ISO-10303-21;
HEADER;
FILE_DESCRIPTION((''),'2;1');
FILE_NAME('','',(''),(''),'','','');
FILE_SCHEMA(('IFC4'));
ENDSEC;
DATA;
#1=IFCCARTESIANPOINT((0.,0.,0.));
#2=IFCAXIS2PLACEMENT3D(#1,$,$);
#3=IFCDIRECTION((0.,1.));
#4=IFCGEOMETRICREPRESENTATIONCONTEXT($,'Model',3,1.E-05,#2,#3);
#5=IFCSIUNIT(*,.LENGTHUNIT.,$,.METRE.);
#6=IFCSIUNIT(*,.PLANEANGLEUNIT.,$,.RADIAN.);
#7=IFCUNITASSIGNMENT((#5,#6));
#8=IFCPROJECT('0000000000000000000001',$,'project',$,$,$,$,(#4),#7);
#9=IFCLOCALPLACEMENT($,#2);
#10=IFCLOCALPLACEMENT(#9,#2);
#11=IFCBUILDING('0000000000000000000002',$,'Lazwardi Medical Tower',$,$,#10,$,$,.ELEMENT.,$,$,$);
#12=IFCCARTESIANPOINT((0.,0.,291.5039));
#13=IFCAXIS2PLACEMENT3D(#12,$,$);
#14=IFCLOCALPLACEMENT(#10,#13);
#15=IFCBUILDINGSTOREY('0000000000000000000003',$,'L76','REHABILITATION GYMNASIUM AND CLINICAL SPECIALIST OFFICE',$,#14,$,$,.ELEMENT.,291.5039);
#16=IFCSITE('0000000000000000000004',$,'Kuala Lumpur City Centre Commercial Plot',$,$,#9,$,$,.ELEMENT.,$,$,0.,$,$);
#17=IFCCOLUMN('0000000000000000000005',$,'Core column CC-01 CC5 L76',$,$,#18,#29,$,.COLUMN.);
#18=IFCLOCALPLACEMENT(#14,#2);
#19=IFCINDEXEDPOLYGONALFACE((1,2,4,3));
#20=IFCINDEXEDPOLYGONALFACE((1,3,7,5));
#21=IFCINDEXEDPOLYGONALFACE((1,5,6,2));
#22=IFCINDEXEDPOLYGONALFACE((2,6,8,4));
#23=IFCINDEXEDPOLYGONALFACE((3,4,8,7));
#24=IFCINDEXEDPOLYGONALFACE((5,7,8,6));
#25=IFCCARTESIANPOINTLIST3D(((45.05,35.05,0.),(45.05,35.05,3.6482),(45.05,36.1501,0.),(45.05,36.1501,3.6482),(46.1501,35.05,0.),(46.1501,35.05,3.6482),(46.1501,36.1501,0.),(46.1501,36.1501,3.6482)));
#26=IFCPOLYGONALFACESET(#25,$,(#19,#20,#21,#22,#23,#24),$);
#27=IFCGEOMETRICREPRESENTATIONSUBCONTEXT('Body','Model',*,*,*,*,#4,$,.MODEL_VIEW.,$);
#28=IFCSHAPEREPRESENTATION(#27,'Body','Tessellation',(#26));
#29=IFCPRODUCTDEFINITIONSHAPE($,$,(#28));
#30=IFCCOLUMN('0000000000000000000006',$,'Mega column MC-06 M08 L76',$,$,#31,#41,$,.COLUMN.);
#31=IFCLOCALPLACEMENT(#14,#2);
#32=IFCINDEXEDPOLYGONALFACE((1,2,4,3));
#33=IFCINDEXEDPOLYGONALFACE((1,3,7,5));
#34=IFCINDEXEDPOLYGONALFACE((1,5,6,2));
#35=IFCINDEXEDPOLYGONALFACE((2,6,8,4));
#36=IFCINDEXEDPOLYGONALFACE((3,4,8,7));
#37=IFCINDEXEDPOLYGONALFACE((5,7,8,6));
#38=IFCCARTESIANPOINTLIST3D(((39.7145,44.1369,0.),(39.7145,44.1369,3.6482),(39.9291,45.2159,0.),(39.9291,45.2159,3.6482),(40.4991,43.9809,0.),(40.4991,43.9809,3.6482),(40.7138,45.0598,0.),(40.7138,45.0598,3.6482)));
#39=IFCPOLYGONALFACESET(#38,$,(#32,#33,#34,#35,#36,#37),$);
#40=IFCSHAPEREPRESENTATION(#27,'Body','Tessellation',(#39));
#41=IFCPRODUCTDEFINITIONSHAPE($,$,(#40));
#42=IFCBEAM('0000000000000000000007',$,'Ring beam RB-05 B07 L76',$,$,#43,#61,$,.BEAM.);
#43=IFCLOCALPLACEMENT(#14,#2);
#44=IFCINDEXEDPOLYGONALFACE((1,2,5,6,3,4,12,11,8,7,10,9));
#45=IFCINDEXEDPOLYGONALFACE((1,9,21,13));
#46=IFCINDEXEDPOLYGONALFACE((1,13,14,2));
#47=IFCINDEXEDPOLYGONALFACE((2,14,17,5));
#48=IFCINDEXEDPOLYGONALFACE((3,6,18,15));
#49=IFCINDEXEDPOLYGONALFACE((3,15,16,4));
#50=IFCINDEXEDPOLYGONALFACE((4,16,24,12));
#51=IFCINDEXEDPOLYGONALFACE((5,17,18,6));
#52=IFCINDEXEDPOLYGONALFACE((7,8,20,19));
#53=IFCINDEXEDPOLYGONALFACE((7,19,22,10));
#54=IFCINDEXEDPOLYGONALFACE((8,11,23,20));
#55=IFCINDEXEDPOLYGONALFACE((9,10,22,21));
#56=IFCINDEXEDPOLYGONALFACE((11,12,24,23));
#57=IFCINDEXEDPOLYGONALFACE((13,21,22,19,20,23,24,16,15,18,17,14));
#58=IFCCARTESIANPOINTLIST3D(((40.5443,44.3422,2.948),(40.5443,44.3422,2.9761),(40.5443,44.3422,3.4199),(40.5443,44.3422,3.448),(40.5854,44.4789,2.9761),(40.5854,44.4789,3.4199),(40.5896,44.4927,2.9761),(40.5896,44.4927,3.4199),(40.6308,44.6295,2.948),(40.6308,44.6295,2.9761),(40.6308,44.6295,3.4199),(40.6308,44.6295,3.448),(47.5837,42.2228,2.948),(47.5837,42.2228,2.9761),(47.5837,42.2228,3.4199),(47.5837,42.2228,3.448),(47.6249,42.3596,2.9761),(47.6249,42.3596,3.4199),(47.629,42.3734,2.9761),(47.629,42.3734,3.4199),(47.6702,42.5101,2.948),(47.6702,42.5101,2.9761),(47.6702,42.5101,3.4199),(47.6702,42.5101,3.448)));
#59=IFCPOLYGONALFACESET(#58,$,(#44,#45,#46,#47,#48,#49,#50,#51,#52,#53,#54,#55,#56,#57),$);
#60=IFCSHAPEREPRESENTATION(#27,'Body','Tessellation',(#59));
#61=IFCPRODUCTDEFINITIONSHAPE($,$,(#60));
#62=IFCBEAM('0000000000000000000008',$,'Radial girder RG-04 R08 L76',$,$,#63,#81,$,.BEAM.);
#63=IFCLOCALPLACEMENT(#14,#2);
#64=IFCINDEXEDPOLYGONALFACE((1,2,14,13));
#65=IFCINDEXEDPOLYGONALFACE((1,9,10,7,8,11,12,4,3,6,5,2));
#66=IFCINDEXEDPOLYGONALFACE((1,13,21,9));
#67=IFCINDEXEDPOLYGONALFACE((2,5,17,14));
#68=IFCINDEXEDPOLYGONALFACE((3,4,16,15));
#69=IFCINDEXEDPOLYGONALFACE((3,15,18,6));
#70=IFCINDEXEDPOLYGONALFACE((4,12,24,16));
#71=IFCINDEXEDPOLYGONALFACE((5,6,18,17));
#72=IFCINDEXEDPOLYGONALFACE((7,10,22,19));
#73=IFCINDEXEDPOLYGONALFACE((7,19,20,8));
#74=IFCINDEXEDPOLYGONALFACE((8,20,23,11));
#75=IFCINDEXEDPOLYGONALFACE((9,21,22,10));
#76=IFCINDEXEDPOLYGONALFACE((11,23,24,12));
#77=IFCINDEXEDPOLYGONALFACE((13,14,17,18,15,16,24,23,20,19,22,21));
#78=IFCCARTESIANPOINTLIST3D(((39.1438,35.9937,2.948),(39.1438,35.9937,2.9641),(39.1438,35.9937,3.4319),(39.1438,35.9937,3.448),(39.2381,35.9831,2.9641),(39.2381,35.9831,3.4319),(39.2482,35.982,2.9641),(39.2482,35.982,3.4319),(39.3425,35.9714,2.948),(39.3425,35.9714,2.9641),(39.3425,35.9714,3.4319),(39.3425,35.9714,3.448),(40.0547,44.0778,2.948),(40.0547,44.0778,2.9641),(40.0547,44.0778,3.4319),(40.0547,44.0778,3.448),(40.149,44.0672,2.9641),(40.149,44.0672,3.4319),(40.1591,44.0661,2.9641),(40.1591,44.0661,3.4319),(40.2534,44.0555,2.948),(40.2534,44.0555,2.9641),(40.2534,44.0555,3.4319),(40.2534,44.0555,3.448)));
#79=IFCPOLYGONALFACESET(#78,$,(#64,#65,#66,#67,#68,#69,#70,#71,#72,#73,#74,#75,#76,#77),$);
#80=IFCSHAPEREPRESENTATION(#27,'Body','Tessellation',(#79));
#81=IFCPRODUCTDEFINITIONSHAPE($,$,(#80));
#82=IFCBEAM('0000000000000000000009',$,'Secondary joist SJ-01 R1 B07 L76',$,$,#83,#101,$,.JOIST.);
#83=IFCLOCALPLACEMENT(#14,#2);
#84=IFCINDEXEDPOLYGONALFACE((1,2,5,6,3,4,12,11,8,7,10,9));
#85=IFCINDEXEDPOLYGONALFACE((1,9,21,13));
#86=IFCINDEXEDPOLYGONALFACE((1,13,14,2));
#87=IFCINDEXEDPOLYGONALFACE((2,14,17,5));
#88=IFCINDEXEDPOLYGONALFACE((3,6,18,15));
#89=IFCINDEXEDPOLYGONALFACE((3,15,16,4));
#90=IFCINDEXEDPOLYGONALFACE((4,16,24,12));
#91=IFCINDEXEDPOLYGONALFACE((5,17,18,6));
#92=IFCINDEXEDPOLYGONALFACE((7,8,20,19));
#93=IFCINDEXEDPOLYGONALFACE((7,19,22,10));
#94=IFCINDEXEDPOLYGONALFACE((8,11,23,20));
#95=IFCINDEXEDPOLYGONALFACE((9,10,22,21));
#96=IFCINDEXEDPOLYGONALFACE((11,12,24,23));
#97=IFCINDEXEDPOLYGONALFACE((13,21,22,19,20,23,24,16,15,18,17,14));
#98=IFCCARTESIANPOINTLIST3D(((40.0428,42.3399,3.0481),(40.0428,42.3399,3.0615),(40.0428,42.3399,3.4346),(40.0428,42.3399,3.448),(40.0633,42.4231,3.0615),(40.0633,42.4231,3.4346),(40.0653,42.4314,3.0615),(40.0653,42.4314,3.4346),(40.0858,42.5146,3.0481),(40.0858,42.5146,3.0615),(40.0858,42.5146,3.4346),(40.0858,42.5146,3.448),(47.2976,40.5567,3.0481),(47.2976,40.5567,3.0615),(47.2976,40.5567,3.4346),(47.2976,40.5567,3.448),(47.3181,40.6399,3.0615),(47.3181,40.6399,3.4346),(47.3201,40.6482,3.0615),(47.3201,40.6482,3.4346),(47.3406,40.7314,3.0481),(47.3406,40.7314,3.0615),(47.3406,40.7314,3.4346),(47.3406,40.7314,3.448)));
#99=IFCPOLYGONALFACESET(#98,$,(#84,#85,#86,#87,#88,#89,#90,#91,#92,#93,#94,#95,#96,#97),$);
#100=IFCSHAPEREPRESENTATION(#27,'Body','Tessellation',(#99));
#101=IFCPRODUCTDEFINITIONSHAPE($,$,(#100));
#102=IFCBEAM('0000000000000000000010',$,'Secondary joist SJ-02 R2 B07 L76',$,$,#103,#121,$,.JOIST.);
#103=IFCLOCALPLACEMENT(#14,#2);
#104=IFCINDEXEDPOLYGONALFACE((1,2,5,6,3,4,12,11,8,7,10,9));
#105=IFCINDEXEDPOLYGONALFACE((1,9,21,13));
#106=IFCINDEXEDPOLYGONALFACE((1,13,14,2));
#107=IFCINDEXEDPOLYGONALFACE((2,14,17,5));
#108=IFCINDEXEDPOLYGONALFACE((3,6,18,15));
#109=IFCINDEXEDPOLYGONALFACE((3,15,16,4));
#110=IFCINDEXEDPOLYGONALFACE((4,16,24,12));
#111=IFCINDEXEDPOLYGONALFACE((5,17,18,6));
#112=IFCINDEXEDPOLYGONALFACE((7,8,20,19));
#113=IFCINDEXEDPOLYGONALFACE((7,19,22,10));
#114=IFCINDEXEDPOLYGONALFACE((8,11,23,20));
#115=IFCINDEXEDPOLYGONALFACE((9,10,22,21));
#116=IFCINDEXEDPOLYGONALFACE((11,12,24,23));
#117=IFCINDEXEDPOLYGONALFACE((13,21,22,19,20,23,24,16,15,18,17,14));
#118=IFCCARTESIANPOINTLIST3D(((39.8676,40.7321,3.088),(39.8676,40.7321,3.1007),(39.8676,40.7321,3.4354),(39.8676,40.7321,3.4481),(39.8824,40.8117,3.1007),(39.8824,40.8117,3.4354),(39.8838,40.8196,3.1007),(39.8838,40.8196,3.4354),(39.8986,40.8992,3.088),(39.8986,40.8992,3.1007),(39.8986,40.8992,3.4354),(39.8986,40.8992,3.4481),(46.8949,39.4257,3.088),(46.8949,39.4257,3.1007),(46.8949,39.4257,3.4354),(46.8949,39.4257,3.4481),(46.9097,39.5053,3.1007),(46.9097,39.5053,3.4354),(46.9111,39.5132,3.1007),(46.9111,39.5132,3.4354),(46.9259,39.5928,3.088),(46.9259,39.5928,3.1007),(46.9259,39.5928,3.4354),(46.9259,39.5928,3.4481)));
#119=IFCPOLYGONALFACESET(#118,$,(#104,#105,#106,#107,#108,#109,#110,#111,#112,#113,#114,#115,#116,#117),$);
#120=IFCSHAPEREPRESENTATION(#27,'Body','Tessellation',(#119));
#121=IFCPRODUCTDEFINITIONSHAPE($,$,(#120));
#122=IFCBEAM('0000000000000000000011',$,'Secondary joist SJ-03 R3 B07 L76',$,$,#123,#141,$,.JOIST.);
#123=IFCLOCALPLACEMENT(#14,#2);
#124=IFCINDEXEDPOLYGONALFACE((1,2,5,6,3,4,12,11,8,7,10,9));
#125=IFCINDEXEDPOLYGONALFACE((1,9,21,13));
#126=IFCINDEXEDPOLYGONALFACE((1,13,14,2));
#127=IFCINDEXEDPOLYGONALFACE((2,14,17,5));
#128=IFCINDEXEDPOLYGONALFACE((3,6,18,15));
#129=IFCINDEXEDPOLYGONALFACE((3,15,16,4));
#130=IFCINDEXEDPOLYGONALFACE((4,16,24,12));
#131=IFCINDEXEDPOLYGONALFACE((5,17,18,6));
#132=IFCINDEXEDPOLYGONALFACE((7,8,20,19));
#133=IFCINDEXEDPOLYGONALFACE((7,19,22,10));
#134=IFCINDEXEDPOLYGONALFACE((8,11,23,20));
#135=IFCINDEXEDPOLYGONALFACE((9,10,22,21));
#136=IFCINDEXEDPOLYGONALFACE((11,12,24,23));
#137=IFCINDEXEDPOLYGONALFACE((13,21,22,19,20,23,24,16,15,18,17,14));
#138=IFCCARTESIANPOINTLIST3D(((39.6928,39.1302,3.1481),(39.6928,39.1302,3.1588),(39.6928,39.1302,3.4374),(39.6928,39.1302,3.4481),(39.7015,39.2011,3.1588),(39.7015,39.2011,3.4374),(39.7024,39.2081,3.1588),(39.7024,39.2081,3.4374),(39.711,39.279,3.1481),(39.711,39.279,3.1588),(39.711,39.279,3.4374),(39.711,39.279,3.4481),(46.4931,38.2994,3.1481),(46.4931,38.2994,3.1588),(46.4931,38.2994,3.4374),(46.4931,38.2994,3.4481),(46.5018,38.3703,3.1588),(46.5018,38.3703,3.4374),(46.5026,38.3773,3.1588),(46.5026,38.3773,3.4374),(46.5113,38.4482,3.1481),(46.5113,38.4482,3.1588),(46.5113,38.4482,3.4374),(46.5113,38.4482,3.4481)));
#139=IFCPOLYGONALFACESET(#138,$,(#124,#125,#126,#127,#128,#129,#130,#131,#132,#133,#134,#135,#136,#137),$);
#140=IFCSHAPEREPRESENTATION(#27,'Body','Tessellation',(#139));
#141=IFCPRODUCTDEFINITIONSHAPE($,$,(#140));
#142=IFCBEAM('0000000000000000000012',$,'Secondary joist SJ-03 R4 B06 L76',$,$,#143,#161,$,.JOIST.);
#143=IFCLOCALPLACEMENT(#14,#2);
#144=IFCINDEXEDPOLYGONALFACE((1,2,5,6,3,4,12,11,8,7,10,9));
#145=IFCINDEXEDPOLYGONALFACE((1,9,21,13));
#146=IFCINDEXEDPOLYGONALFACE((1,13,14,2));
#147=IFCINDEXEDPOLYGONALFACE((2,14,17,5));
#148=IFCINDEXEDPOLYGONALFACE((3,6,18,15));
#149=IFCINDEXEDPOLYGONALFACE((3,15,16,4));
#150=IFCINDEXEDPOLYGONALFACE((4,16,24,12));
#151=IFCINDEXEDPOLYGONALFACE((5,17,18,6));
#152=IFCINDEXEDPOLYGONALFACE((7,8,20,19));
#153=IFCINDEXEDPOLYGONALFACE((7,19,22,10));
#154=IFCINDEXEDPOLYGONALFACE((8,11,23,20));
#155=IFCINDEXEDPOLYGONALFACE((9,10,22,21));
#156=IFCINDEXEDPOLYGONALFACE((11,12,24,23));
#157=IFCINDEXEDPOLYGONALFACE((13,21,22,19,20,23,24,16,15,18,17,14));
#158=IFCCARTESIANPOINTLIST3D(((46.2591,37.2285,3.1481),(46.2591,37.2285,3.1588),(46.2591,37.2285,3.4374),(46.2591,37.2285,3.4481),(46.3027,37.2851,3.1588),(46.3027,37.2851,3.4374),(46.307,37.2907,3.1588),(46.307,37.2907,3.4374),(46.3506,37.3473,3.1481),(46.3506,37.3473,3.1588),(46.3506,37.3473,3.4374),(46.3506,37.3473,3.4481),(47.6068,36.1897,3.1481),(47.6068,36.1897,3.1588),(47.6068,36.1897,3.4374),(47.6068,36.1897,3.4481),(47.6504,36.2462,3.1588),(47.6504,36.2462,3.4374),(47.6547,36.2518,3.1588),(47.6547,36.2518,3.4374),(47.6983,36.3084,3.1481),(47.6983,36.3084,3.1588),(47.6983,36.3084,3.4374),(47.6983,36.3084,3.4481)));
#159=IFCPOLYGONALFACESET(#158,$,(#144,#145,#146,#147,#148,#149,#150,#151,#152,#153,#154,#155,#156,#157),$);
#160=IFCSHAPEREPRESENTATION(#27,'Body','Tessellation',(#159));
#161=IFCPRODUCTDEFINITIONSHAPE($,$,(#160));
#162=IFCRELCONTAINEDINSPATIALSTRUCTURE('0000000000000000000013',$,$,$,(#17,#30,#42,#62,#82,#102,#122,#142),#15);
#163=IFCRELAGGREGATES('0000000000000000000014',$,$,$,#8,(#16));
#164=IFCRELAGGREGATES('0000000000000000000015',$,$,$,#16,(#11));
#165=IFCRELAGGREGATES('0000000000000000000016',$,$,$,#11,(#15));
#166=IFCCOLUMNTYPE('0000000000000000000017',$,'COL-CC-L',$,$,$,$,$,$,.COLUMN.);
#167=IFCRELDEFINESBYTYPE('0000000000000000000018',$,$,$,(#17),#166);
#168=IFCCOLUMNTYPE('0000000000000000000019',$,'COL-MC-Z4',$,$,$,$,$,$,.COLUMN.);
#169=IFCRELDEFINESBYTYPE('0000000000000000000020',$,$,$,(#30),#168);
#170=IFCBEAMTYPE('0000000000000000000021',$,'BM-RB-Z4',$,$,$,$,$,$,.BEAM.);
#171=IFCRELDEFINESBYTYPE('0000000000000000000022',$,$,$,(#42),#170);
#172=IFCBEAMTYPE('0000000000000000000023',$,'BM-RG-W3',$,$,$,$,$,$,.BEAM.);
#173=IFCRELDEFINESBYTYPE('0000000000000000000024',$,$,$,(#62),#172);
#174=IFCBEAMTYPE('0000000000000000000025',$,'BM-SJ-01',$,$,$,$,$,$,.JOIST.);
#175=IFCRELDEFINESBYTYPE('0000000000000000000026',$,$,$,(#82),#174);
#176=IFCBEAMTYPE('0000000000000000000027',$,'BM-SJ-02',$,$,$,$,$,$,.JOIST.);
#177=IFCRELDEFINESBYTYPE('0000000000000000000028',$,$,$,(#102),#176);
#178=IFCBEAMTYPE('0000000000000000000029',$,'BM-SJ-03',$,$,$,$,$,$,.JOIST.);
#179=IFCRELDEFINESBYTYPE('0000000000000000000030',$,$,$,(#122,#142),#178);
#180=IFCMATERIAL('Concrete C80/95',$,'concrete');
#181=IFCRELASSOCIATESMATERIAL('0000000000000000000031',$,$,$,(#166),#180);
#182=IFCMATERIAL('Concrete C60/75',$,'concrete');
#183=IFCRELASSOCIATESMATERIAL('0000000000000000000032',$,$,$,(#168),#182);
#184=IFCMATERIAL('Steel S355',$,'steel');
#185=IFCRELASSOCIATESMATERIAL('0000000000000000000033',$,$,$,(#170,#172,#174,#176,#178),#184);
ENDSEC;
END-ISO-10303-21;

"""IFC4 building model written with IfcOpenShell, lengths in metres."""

from ifc_helpers import new_model, si_unit, direction, frame, origin, origin_2d, place, context, subcontext, project, spatial, rectangle, i_section, extrude, material, material_profile, profile_set, type_object, element, save


model = new_model("IFC4")

# Units and contexts
model_context = context("Model", 3, precision=1e-05, world=origin(), true_north=direction((0.0, 1.0)))
body_context = subcontext(model_context, "Body", "Model", "MODEL_VIEW")
ifc_project = project(units=[si_unit("LENGTHUNIT", "METRE"), si_unit("PLANEANGLEUNIT", "RADIAN")], contexts=[model_context])

# Site, building, storey
site_placement = place(None, origin())
site = spatial("IfcSite", under=ifc_project, at=site_placement, Name="Kuala Lumpur City Centre Commercial Plot", CompositionType="ELEMENT", RefElevation=0.0)
building_placement = place(site_placement, origin())
building = spatial("IfcBuilding", under=site, at=building_placement, Name="Lazwardi Medical Tower", CompositionType="ELEMENT")
storey_placement = place(building_placement, frame((0.0, 0.0, 291.5039)))
storey = spatial("IfcBuildingStorey", under=building, at=storey_placement, Name="L76", Description="REHABILITATION GYMNASIUM AND CLINICAL SPECIALIST OFFICE", CompositionType="ELEMENT", Elevation=291.5039)

# Columns
ifc_material_1 = material(Name="Concrete C80/95", Category="concrete")
ifc_material_profile_1 = material_profile(ifc_material_1, rectangle(XDim=1.1001, YDim=1.1001, at=origin_2d()), Name="RC 1100x1100")
ifc_profile_set_1 = profile_set([ifc_material_profile_1], Name="Concrete C80/95")
column_type_1 = type_object("IfcColumnType", Name="COL-CC-L", PredefinedType="COLUMN", material=ifc_profile_set_1)
column_1_placement = place(storey_placement, frame((45.6001, 35.6001, 0.0), z_axis=(0.0, 0.0, 1.0), x_axis=(1.0, 0.0, 0.0)))
element("IfcColumn", 1, at=column_1_placement, inside=storey, type_object=column_type_1, Name="Core column CC-01 CC5 L76", PredefinedType="COLUMN", context=body_context, shape_type="SweptSolid", body=[
    extrude(rectangle(XDim=1.1001, YDim=1.1001, at=origin_2d()), origin(), (0.0, 0.0, 1.0), 3.6482),
])
ifc_material_2 = material(Name="Concrete C60/75", Category="concrete")
ifc_material_profile_2 = material_profile(ifc_material_2, rectangle(XDim=1.1001, YDim=0.8, at=origin_2d()), Name="CFT-RECT 1100x800")
ifc_profile_set_2 = profile_set([ifc_material_profile_2], Name="Concrete C60/75")
column_type_2 = type_object("IfcColumnType", Name="COL-MC-Z4", PredefinedType="COLUMN", material=ifc_profile_set_2)
column_2_placement = place(storey_placement, frame((40.2141, 44.5984, 0.0), z_axis=(0.0, 0.0, 1.0), x_axis=(0.19509, 0.980785, 0.0)))
element("IfcColumn", 2, at=column_2_placement, inside=storey, type_object=column_type_2, Name="Mega column MC-06 M08 L76", PredefinedType="COLUMN", context=body_context, shape_type="SweptSolid", body=[
    extrude(rectangle(XDim=1.1001, YDim=0.8, at=origin_2d()), origin(), (0.0, 0.0, 1.0), 3.6482),
])

# Beams
ifc_material_3 = material(Name="Steel S355", Category="steel")
ifc_material_profile_3 = material_profile(ifc_material_3, i_section(OverallWidth=0.3, OverallDepth=0.5, WebThickness=0.0144, FlangeThickness=0.0281, at=origin_2d()), Name="HEB 500")
ifc_profile_set_3 = profile_set([ifc_material_profile_3], Name="Steel S355")
beam_type_1 = type_object("IfcBeamType", Name="BM-RB-Z4", PredefinedType="BEAM", material=ifc_profile_set_3)
beam_1_placement = place(storey_placement, frame((47.627, 42.3665, 3.198), z_axis=(-0.957544, 0.288286, 0.0), x_axis=(-0.288286, -0.957544, 0.0)))
element("IfcBeam", 3, at=beam_1_placement, inside=storey, type_object=beam_type_1, Name="Ring beam RB-05 B07 L76", PredefinedType="BEAM", context=body_context, shape_type="SweptSolid", body=[
    extrude(i_section(OverallWidth=0.3, OverallDepth=0.5, WebThickness=0.0144, FlangeThickness=0.0281, at=origin_2d()), origin(), (0.0, 0.0, 1.0), 7.3516),
])
ifc_material_profile_4 = material_profile(ifc_material_3, i_section(OverallWidth=0.2, OverallDepth=0.5, WebThickness=0.0103, FlangeThickness=0.0161, at=origin_2d()), Name="IPE 500")
ifc_profile_set_4 = profile_set([ifc_material_profile_4], Name="Steel S355")
beam_type_2 = type_object("IfcBeamType", Name="BM-RG-W3", PredefinedType="BEAM", material=ifc_profile_set_4)
beam_2_placement = place(storey_placement, frame((40.1541, 44.0667, 3.198), z_axis=(-0.11197, -0.993712, 0.0), x_axis=(0.993712, -0.11197, 0.0)))
element("IfcBeam", 4, at=beam_2_placement, inside=storey, type_object=beam_type_2, Name="Radial girder RG-04 R08 L76", PredefinedType="BEAM", context=body_context, shape_type="SweptSolid", body=[
    extrude(i_section(OverallWidth=0.2, OverallDepth=0.5, WebThickness=0.0103, FlangeThickness=0.0161, at=origin_2d()), origin(), (0.0, 0.0, 1.0), 8.1353),
])
ifc_material_profile_5 = material_profile(ifc_material_3, i_section(OverallWidth=0.1799, OverallDepth=0.3999, WebThickness=0.0085, FlangeThickness=0.0134, at=origin_2d()), Name="IPE 400")
ifc_profile_set_5 = profile_set([ifc_material_profile_5], Name="Steel S355")
beam_type_3 = type_object("IfcBeamType", Name="BM-SJ-01", PredefinedType="JOIST", material=ifc_profile_set_5)
beam_3_placement = place(storey_placement, frame((47.3191, 40.644, 3.248), z_axis=(-0.971096, 0.238689, 0.0), x_axis=(-0.238689, -0.971096, 0.0)))
element("IfcBeam", 5, at=beam_3_placement, inside=storey, type_object=beam_type_3, Name="Secondary joist SJ-01 R1 B07 L76", PredefinedType="JOIST", context=body_context, shape_type="SweptSolid", body=[
    extrude(i_section(OverallWidth=0.1799, OverallDepth=0.3999, WebThickness=0.0085, FlangeThickness=0.0134, at=origin_2d()), origin(), (0.0, 0.0, 1.0), 7.4707),
])
ifc_material_profile_6 = material_profile(ifc_material_3, i_section(OverallWidth=0.1699, OverallDepth=0.3601, WebThickness=0.0081, FlangeThickness=0.0127, at=origin_2d()), Name="IPE 360")
ifc_profile_set_6 = profile_set([ifc_material_profile_6], Name="Steel S355")
beam_type_4 = type_object("IfcBeamType", Name="BM-SJ-02", PredefinedType="JOIST", material=ifc_profile_set_6)
beam_4_placement = place(storey_placement, frame((46.9104, 39.5093, 3.2681), z_axis=(-0.983156, 0.18277, 0.0), x_axis=(-0.18277, -0.983156, 0.0)))
element("IfcBeam", 6, at=beam_4_placement, inside=storey, type_object=beam_type_4, Name="Secondary joist SJ-02 R2 B07 L76", PredefinedType="JOIST", context=body_context, shape_type="SweptSolid", body=[
    extrude(i_section(OverallWidth=0.1699, OverallDepth=0.3601, WebThickness=0.0081, FlangeThickness=0.0127, at=origin_2d()), origin(), (0.0, 0.0, 1.0), 7.1477),
])
ifc_material_profile_7 = material_profile(ifc_material_3, i_section(OverallWidth=0.1499, OverallDepth=0.3, WebThickness=0.0071, FlangeThickness=0.0107, at=origin_2d()), Name="IPE 300")
ifc_profile_set_7 = profile_set([ifc_material_profile_7], Name="Steel S355")
beam_type_5 = type_object("IfcBeamType", Name="BM-SJ-03", PredefinedType="JOIST", material=ifc_profile_set_7)
beam_5_placement = place(storey_placement, frame((46.5022, 38.3738, 3.2981), z_axis=(-0.992619, 0.121271, 0.0), x_axis=(-0.121271, -0.992619, 0.0)))
element("IfcBeam", 7, at=beam_5_placement, inside=storey, type_object=beam_type_5, Name="Secondary joist SJ-03 R3 B07 L76", PredefinedType="JOIST", context=body_context, shape_type="SweptSolid", body=[
    extrude(i_section(OverallWidth=0.1499, OverallDepth=0.3, WebThickness=0.0071, FlangeThickness=0.0107, at=origin_2d()), origin(), (0.0, 0.0, 1.0), 6.8508),
])
beam_6_placement = place(storey_placement, frame((47.6526, 36.249, 3.2981), z_axis=(-0.79201, 0.610508, 0.0), x_axis=(-0.610508, -0.79201, 0.0)))
element("IfcBeam", 8, at=beam_6_placement, inside=storey, type_object=beam_type_5, Name="Secondary joist SJ-03 R4 B06 L76", PredefinedType="JOIST", context=body_context, shape_type="SweptSolid", body=[
    extrude(i_section(OverallWidth=0.1499, OverallDepth=0.3, WebThickness=0.0071, FlangeThickness=0.0107, at=origin_2d()), origin(), (0.0, 0.0, 1.0), 1.7017),
])

save(model, "model.ifc")
